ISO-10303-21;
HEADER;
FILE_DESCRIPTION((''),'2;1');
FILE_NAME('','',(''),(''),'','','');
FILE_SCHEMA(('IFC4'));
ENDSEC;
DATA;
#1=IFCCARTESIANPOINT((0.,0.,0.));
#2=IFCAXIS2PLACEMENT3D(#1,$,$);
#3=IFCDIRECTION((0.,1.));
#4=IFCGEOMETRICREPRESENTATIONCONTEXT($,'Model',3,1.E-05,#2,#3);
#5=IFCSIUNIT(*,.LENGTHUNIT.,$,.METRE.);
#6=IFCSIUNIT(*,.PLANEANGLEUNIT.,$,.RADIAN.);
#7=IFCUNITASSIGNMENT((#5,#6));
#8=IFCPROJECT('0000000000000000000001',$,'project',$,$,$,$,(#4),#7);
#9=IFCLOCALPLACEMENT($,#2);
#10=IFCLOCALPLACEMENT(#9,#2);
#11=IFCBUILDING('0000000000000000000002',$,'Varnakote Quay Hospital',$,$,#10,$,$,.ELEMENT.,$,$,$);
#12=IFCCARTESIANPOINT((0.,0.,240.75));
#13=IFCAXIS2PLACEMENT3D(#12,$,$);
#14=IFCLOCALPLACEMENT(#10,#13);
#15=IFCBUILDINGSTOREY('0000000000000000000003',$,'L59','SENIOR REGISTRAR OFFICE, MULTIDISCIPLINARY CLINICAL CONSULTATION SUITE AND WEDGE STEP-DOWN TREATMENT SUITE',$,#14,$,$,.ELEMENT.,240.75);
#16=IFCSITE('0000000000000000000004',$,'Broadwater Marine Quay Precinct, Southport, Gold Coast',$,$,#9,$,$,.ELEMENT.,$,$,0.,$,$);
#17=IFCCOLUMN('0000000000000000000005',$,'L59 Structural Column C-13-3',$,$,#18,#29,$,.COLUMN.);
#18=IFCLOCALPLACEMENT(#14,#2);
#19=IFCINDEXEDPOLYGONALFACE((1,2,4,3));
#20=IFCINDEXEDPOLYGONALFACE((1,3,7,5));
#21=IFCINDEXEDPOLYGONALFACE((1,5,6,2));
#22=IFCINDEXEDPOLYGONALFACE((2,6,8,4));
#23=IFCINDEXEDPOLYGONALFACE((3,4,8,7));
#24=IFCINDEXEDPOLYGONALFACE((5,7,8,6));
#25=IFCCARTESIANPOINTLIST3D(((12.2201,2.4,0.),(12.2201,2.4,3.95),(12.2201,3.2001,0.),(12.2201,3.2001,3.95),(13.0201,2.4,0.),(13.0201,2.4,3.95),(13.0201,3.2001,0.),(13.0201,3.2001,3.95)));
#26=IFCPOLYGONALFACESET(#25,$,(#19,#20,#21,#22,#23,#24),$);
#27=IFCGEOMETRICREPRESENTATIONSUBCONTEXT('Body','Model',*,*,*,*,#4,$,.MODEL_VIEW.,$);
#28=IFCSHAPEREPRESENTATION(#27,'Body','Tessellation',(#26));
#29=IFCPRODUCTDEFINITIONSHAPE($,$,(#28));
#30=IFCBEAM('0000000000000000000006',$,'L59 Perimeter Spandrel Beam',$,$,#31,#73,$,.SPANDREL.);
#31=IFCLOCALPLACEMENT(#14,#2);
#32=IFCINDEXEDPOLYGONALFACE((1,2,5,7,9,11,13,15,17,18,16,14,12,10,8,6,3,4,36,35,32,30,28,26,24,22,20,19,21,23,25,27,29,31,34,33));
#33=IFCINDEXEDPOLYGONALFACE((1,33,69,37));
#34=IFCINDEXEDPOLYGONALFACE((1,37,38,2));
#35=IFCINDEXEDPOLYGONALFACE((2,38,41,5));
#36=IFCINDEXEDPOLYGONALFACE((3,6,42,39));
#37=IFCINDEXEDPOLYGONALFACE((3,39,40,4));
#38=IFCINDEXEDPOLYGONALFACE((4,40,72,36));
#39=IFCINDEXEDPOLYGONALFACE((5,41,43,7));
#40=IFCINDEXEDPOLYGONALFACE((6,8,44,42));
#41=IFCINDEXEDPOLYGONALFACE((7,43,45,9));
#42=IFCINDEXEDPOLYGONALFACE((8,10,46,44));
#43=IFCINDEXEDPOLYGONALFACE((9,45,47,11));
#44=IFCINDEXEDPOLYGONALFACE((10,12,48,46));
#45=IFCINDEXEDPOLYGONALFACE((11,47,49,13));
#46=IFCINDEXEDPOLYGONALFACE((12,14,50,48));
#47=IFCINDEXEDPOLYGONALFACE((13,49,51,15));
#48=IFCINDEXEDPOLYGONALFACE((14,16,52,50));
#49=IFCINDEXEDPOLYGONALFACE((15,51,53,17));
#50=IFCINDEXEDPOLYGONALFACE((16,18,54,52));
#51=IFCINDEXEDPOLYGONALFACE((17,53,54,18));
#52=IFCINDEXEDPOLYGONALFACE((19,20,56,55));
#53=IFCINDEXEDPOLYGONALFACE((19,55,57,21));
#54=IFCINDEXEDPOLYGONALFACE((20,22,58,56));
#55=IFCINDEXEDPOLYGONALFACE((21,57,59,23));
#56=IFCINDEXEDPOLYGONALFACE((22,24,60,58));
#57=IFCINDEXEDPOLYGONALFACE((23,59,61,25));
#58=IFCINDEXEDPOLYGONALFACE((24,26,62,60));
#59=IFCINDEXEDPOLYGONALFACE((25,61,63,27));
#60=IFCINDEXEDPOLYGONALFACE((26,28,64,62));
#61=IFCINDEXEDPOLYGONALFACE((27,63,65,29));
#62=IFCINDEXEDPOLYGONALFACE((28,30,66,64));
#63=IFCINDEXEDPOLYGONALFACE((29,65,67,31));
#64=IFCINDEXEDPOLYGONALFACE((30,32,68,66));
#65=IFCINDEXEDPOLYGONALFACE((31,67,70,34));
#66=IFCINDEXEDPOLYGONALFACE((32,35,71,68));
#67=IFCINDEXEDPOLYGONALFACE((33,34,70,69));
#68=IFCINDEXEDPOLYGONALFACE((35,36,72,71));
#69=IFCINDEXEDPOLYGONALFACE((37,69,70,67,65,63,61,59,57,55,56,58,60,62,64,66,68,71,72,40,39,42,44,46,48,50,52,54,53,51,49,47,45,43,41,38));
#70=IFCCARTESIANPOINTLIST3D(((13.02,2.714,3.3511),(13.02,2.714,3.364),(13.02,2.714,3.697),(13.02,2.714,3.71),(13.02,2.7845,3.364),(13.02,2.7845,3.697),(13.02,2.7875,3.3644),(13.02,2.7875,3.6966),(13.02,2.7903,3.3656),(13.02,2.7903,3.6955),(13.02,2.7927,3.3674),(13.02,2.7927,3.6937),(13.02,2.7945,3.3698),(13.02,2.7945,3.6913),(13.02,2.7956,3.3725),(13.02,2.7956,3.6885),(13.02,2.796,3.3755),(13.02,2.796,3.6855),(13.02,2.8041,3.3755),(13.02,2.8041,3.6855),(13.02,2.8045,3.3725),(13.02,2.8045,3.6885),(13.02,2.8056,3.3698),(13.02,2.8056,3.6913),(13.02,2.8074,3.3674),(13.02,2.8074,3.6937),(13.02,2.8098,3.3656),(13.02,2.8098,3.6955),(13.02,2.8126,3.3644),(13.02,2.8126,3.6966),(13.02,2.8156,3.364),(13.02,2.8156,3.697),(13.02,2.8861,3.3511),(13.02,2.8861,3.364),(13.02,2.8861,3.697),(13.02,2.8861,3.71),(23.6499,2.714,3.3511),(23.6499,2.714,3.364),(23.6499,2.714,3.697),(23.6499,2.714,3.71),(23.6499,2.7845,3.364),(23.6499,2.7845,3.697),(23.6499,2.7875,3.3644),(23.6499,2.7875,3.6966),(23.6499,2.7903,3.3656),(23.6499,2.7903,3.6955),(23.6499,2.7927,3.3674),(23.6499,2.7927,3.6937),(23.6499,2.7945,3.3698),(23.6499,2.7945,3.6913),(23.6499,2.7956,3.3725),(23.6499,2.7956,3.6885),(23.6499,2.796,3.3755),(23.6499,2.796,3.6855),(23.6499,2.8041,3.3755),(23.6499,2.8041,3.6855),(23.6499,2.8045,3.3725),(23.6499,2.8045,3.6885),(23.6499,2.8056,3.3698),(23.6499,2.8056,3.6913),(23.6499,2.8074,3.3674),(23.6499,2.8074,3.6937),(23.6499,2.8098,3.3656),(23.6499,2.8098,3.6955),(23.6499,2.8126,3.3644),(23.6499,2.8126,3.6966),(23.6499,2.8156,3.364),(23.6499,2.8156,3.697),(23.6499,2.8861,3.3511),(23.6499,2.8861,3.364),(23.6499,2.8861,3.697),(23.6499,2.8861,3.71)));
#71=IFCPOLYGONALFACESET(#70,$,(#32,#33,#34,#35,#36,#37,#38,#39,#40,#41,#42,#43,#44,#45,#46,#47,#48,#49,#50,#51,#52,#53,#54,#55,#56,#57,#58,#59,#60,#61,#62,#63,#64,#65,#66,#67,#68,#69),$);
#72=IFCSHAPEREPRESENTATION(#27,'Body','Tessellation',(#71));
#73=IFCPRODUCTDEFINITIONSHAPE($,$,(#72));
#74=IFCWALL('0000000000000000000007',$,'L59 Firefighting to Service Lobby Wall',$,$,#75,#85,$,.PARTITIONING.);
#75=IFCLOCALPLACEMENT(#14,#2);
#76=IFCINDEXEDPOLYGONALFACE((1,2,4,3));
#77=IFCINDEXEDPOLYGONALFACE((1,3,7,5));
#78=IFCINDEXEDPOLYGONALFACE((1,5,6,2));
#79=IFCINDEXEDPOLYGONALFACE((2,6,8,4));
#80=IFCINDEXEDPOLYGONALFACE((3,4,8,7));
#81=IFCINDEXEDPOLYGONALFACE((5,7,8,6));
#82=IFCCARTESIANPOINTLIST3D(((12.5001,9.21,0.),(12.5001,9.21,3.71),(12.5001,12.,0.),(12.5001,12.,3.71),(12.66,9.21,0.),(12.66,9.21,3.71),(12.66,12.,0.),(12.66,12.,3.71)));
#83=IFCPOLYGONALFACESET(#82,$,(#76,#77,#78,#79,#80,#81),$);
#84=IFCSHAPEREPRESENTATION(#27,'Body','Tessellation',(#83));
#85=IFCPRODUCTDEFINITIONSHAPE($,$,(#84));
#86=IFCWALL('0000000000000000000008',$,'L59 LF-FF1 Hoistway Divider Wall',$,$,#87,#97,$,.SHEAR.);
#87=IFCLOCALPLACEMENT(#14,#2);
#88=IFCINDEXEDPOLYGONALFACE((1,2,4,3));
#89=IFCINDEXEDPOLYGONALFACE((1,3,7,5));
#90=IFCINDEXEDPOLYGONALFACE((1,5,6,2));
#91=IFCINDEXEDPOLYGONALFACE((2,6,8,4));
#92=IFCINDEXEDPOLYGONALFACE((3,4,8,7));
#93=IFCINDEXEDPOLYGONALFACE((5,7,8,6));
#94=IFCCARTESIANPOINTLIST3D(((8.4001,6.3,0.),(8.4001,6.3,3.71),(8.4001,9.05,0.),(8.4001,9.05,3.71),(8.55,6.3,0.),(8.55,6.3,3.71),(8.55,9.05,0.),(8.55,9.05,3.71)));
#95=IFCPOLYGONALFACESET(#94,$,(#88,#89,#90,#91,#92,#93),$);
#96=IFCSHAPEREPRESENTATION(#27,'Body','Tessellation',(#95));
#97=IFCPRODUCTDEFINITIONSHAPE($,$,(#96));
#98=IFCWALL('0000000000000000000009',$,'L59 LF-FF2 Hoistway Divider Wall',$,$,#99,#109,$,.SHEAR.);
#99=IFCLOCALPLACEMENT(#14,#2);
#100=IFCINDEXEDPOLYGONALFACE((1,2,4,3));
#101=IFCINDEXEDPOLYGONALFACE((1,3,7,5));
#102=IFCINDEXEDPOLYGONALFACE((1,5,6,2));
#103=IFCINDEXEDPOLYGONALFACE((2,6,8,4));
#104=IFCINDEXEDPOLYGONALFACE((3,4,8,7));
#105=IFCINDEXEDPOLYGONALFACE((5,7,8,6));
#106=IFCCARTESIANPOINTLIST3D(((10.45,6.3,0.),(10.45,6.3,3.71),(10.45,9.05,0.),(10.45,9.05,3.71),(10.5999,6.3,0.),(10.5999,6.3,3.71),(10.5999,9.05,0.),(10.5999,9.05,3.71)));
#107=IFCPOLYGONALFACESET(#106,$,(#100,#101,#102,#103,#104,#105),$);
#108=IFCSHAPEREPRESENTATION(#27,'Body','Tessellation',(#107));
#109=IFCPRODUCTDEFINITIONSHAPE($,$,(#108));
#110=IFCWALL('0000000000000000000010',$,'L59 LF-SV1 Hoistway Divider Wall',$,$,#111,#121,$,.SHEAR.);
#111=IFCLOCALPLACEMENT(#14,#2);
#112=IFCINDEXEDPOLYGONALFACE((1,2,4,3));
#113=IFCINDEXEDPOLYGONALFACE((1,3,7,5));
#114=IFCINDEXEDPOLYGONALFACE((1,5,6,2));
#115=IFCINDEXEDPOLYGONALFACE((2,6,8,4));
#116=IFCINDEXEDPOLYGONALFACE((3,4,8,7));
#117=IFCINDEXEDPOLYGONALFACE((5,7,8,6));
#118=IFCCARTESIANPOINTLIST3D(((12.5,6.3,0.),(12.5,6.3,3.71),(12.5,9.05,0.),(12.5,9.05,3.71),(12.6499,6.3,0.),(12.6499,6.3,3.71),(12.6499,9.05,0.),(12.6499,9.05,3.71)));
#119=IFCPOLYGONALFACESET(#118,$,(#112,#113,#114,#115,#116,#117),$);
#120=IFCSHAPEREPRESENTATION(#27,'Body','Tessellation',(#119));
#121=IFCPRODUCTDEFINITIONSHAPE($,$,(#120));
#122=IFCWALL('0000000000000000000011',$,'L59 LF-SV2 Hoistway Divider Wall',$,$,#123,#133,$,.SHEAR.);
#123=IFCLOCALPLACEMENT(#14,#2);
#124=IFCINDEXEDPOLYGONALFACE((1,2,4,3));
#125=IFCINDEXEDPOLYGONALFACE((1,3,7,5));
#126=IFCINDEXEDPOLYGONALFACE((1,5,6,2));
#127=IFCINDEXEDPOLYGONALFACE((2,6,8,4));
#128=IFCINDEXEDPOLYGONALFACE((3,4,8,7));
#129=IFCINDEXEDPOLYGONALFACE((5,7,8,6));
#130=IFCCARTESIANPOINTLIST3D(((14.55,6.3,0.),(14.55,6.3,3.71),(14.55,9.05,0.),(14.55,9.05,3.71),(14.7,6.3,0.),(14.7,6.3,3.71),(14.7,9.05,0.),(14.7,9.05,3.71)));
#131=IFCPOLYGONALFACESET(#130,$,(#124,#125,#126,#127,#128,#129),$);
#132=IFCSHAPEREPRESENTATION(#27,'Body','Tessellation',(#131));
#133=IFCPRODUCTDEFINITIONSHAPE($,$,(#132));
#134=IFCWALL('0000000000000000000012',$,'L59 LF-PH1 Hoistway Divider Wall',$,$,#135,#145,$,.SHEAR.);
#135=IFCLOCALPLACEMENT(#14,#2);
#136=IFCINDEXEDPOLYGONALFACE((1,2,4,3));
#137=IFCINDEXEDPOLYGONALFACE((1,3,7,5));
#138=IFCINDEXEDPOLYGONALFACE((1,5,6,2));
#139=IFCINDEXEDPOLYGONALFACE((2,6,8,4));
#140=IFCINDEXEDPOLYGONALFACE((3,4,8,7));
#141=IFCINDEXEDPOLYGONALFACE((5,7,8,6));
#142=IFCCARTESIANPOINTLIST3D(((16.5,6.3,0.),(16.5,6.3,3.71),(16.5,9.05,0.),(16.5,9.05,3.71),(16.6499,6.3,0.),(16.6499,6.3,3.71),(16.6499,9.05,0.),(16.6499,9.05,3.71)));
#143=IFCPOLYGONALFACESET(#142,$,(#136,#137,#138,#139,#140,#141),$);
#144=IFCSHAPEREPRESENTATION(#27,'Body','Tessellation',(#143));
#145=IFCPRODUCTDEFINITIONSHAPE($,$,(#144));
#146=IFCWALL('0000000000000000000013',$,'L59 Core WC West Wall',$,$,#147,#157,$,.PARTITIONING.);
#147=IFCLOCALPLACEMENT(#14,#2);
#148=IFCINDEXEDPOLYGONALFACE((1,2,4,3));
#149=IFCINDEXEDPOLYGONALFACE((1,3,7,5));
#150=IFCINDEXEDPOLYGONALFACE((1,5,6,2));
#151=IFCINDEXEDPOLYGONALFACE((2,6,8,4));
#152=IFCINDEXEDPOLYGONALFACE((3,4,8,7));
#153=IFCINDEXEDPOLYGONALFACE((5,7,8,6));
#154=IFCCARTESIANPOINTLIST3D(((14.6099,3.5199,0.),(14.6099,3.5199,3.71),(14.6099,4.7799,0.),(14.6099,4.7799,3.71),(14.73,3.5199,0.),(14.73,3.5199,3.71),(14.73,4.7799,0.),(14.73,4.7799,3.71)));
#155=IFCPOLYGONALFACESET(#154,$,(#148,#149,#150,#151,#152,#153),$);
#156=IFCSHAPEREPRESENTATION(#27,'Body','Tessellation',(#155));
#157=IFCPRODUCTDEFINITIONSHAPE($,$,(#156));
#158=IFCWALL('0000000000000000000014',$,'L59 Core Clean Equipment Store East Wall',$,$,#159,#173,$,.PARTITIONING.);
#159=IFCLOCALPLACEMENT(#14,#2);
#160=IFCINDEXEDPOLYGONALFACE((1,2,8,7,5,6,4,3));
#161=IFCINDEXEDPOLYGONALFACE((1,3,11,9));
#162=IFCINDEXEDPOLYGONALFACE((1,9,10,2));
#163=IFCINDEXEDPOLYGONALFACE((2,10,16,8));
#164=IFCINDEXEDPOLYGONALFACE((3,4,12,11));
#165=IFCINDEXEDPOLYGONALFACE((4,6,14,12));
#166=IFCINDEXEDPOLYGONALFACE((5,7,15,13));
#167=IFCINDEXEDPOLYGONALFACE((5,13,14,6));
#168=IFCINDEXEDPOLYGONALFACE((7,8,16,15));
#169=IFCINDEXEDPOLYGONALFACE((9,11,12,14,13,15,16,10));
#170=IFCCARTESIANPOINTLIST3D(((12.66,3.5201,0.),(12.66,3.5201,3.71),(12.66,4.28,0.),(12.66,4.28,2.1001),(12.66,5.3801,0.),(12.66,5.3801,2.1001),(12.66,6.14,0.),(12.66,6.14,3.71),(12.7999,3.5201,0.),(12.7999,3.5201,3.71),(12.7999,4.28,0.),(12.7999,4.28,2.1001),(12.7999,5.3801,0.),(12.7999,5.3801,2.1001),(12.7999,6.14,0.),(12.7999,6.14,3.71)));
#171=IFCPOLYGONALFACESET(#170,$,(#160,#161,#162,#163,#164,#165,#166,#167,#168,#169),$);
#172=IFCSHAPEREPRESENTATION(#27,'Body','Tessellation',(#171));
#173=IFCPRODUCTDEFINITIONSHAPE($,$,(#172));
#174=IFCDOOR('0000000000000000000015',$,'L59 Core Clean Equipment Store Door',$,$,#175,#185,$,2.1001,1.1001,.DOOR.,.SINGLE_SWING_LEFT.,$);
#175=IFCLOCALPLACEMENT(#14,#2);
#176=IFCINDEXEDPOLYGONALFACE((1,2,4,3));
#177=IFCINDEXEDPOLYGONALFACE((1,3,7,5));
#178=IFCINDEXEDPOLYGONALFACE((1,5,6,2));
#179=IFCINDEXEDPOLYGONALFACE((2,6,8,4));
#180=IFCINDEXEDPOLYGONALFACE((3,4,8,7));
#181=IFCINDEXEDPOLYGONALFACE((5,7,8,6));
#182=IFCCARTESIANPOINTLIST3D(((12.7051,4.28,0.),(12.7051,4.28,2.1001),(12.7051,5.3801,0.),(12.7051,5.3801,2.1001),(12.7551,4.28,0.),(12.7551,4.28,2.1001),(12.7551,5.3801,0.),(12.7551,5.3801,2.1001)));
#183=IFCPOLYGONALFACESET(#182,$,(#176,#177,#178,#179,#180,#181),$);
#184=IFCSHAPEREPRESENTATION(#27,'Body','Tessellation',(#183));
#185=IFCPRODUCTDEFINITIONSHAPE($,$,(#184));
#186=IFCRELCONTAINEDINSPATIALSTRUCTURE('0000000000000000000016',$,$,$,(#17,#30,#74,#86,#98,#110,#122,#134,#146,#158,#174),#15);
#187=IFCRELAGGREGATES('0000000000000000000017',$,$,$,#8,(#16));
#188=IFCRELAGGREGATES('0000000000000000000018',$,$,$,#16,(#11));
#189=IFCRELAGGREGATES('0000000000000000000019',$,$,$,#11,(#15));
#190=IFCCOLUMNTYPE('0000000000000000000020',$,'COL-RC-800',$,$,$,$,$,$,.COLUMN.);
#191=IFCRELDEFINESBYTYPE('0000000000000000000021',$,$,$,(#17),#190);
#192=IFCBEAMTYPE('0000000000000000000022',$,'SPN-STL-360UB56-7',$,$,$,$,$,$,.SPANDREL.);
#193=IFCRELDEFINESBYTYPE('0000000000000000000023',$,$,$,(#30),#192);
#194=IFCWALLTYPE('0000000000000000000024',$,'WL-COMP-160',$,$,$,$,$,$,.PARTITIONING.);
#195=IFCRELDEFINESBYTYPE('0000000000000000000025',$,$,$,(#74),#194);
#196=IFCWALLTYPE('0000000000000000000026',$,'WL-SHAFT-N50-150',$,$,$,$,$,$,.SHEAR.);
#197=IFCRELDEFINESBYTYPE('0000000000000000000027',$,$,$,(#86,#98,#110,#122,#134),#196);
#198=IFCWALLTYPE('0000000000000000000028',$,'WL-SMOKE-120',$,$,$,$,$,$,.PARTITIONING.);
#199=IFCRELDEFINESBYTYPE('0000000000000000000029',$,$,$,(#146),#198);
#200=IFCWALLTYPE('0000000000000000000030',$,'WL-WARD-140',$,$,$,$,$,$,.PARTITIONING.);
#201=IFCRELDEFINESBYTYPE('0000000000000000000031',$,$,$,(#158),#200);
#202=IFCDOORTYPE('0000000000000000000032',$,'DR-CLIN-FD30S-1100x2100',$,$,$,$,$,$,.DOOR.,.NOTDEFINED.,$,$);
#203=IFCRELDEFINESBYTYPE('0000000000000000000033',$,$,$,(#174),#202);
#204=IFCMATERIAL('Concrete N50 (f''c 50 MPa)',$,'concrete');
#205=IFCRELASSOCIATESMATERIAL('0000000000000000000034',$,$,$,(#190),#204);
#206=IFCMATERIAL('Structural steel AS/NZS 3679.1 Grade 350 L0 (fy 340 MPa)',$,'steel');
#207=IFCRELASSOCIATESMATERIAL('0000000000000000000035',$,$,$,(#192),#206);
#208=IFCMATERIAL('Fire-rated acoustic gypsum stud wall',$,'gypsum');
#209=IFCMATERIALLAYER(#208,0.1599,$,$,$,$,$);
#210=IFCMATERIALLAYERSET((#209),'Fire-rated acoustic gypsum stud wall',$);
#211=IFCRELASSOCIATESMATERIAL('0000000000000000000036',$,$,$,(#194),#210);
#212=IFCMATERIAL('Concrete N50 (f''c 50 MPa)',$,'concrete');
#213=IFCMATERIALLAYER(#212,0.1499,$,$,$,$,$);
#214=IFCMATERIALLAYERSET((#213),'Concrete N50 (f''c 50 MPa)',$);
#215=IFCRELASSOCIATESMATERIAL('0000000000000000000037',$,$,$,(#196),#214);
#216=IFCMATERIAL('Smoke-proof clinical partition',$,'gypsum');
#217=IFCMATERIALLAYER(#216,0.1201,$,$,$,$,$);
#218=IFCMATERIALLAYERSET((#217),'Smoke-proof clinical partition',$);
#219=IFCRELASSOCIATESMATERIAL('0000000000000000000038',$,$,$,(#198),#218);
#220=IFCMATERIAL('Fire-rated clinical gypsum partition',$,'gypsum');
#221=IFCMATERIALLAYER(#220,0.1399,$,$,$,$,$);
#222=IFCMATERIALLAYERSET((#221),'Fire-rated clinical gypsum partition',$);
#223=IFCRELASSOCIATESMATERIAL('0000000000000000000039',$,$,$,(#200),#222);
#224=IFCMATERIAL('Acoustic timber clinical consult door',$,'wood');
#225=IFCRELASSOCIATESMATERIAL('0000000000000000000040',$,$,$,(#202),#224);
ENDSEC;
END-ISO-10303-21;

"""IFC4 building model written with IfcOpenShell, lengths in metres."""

from ifc_helpers import new_model, si_unit, direction, frame, frame_2d, origin, origin_2d, place, context, subcontext, project, spatial, rectangle, i_section, extrude, material, layer, layer_set, material_profile, profile_set, type_object, element, fill, save


model = new_model("IFC4")

# Units and contexts
model_context = context("Model", 3, precision=1e-05, world=origin(), true_north=direction((0.0, 1.0)))
body_context = subcontext(model_context, "Body", "Model", "MODEL_VIEW")
ifc_project = project(units=[si_unit("LENGTHUNIT", "METRE"), si_unit("PLANEANGLEUNIT", "RADIAN")], contexts=[model_context])

# Site, building, storey
site_placement = place(None, origin())
site = spatial("IfcSite", under=ifc_project, at=site_placement, Name="Broadwater Marine Quay Precinct, Southport, Gold Coast", CompositionType="ELEMENT", RefElevation=0.0)
building_placement = place(site_placement, origin())
building = spatial("IfcBuilding", under=site, at=building_placement, Name="Varnakote Quay Hospital", CompositionType="ELEMENT")
storey_placement = place(building_placement, frame((0.0, 0.0, 240.75)))
storey = spatial("IfcBuildingStorey", under=building, at=storey_placement, Name="L59", Description="SENIOR REGISTRAR OFFICE, MULTIDISCIPLINARY CLINICAL CONSULTATION SUITE AND WEDGE STEP-DOWN TREATMENT SUITE", CompositionType="ELEMENT", Elevation=240.75)

# Column
ifc_material_1 = material(Name="Concrete N50 (f'c 50 MPa)", Category="concrete")
ifc_material_profile_1 = material_profile(ifc_material_1, rectangle(XDim=0.8, YDim=0.8, at=origin_2d()), Name="RC-COL-800x800")
ifc_profile_set_1 = profile_set([ifc_material_profile_1], Name="Concrete N50 (f'c 50 MPa)")
column_type = type_object("IfcColumnType", Name="COL-RC-800", PredefinedType="COLUMN", material=ifc_profile_set_1)
column_placement = place(storey_placement, frame((12.6201, 2.8, 0.0), z_axis=(0.0, 0.0, 1.0), x_axis=(1.0, 0.0, 0.0)))
element("IfcColumn", 1, at=column_placement, inside=storey, type_object=column_type, Name="L59 Structural Column C-13-3", PredefinedType="COLUMN", context=body_context, shape_type="SweptSolid", body=[
    extrude(rectangle(XDim=0.8, YDim=0.8, at=origin_2d()), origin(), (0.0, 0.0, 1.0), 3.95),
])

# Beam
ifc_material_2 = material(Name="Structural steel AS/NZS 3679.1 Grade 350 L0 (fy 340 MPa)", Category="steel")
ifc_material_profile_2 = material_profile(ifc_material_2, i_section(OverallWidth=0.1721, OverallDepth=0.3589, WebThickness=0.0081, FlangeThickness=0.0129, FilletRadius=0.0115, at=origin_2d()), Name="360UB56.7")
ifc_profile_set_2 = profile_set([ifc_material_profile_2], Name="Structural steel AS/NZS 3679.1 Grade 350 L0 (fy 340 MPa)")
beam_type = type_object("IfcBeamType", Name="SPN-STL-360UB56-7", PredefinedType="SPANDREL", material=ifc_profile_set_2)
beam_placement = place(storey_placement, frame((13.02, 2.8, 3.5305), z_axis=(1.0, 0.0, 0.0), x_axis=(0.0, 1.0, 0.0)))
element("IfcBeam", 2, at=beam_placement, inside=storey, type_object=beam_type, Name="L59 Perimeter Spandrel Beam", PredefinedType="SPANDREL", context=body_context, shape_type="SweptSolid", body=[
    extrude(i_section(OverallWidth=0.1721, OverallDepth=0.3589, WebThickness=0.0081, FlangeThickness=0.0129, FilletRadius=0.0115, at=origin_2d()), origin(), (0.0, 0.0, 1.0), 10.6299),
])

# Walls
ifc_material_3 = material(Name="Fire-rated acoustic gypsum stud wall", Category="gypsum")
ifc_layer_1 = layer(ifc_material_3, 0.1599)
ifc_layer_set_1 = layer_set([ifc_layer_1], Name="Fire-rated acoustic gypsum stud wall")
wall_type_1 = type_object("IfcWallType", Name="WL-COMP-160", PredefinedType="PARTITIONING", material=ifc_layer_set_1)
wall_1_placement = place(storey_placement, frame((12.5801, 9.21, 0.0), z_axis=(0.0, 0.0, 1.0), x_axis=(0.0, 1.0, 0.0)))
element("IfcWall", 3, at=wall_1_placement, inside=storey, type_object=wall_type_1, Name="L59 Firefighting to Service Lobby Wall", PredefinedType="PARTITIONING", context=body_context, shape_type="SweptSolid", body=[
    extrude(rectangle(XDim=2.79, YDim=0.1599, at=frame_2d((1.395, 0.0))), origin(), (0.0, 0.0, 1.0), 3.71),
])
ifc_material_4 = material(Name="Concrete N50 (f'c 50 MPa)", Category="concrete")
ifc_layer_2 = layer(ifc_material_4, 0.1499)
ifc_layer_set_2 = layer_set([ifc_layer_2], Name="Concrete N50 (f'c 50 MPa)")
wall_type_2 = type_object("IfcWallType", Name="WL-SHAFT-N50-150", PredefinedType="SHEAR", material=ifc_layer_set_2)
for number, where, z_axis, x_axis, name in (
    (4, (8.4751, 6.3, 0.0), (0.0, 0.0, 1.0), (0.0, 1.0, 0.0), "L59 LF-FF1 Hoistway Divider Wall"),
    (5, (10.5249, 6.3, 0.0), (0.0, 0.0, 1.0), (0.0, 1.0, 0.0), "L59 LF-FF2 Hoistway Divider Wall"),
    (6, (12.575, 6.3, 0.0), (0.0, 0.0, 1.0), (0.0, 1.0, 0.0), "L59 LF-SV1 Hoistway Divider Wall"),
    (7, (14.625, 6.3, 0.0), (0.0, 0.0, 1.0), (0.0, 1.0, 0.0), "L59 LF-SV2 Hoistway Divider Wall"),
    (8, (16.575, 6.3, 0.0), (0.0, 0.0, 1.0), (0.0, 1.0, 0.0), "L59 LF-PH1 Hoistway Divider Wall"),
):
    element("IfcWall", number, at=place(storey_placement, frame(where, z_axis=z_axis, x_axis=x_axis)), inside=storey, type_object=wall_type_2, Name=name, PredefinedType="SHEAR", context=body_context, shape_type="SweptSolid", body=[
        extrude(rectangle(XDim=2.75, YDim=0.1499, at=frame_2d((1.375, 0.0))), origin(), (0.0, 0.0, 1.0), 3.71),
    ])

# Wall
ifc_material_5 = material(Name="Smoke-proof clinical partition", Category="gypsum")
ifc_layer_3 = layer(ifc_material_5, 0.1201)
ifc_layer_set_3 = layer_set([ifc_layer_3], Name="Smoke-proof clinical partition")
wall_type_3 = type_object("IfcWallType", Name="WL-SMOKE-120", PredefinedType="PARTITIONING", material=ifc_layer_set_3)
wall_2_placement = place(storey_placement, frame((14.6699, 3.52, 0.0), z_axis=(0.0, 0.0, 1.0), x_axis=(0.0, 1.0, 0.0)))
element("IfcWall", 9, at=wall_2_placement, inside=storey, type_object=wall_type_3, Name="L59 Core WC West Wall", PredefinedType="PARTITIONING", context=body_context, shape_type="SweptSolid", body=[
    extrude(rectangle(XDim=1.26, YDim=0.1201, at=frame_2d((0.6299, 0.0))), origin(), (0.0, 0.0, 1.0), 3.71),
])

# Wall, opening, door
ifc_material_6 = material(Name="Fire-rated clinical gypsum partition", Category="gypsum")
ifc_layer_4 = layer(ifc_material_6, 0.1399)
ifc_layer_set_4 = layer_set([ifc_layer_4], Name="Fire-rated clinical gypsum partition")
wall_type_4 = type_object("IfcWallType", Name="WL-WARD-140", PredefinedType="PARTITIONING", material=ifc_layer_set_4)
wall_3_placement = place(storey_placement, frame((12.73, 3.52, 0.0), z_axis=(0.0, 0.0, 1.0), x_axis=(0.0, 1.0, 0.0)))
wall_3 = element("IfcWall", 10, at=wall_3_placement, inside=storey, type_object=wall_type_4, Name="L59 Core Clean Equipment Store East Wall", PredefinedType="PARTITIONING", context=body_context, shape_type="SweptSolid", body=[
    extrude(rectangle(XDim=2.6199, YDim=0.1399, at=frame_2d((1.3101, 0.0))), origin(), (0.0, 0.0, 1.0), 3.71),
])
opening_1_placement = place(wall_3_placement, frame((0.76, 0.0, 0.0)))
opening_1 = element("IfcOpeningElement", 11, at=opening_1_placement, cuts=wall_3, PredefinedType="OPENING", context=body_context, shape_type="SweptSolid", body=[
    extrude(rectangle(XDim=1.1001, YDim=2.1001, at=frame_2d((0.55, 1.05))), frame((0.0, 0.0798, 0.0), z_axis=(0.0, -1.0, 0.0), x_axis=(1.0, 0.0, 0.0)), (0.0, 0.0, 1.0), 0.1599),
])
ifc_material_7 = material(Name="Acoustic timber clinical consult door", Category="wood")
door_type_1 = type_object("IfcDoorType", Name="DR-CLIN-FD30S-1100x2100", OperationType="NOTDEFINED", PredefinedType="DOOR", material=ifc_material_7)
door_1_placement = place(opening_1_placement, origin())
door_1 = element("IfcDoor", 12, at=door_1_placement, inside=storey, type_object=door_type_1, Name="L59 Core Clean Equipment Store Door", OperationType="SINGLE_SWING_LEFT", OverallHeight=2.1001, OverallWidth=1.1001, PredefinedType="DOOR", context=body_context, shape_type="SweptSolid", body=[
    extrude(rectangle(XDim=1.1001, YDim=2.1001, at=frame_2d((0.55, 1.05))), frame((0.0, 0.0249, 0.0), z_axis=(0.0, -1.0, 0.0), x_axis=(1.0, 0.0, 0.0)), (0.0, 0.0, 1.0), 0.05),
])
fill(opening_1, door_1)

save(model, "model.ifc")
